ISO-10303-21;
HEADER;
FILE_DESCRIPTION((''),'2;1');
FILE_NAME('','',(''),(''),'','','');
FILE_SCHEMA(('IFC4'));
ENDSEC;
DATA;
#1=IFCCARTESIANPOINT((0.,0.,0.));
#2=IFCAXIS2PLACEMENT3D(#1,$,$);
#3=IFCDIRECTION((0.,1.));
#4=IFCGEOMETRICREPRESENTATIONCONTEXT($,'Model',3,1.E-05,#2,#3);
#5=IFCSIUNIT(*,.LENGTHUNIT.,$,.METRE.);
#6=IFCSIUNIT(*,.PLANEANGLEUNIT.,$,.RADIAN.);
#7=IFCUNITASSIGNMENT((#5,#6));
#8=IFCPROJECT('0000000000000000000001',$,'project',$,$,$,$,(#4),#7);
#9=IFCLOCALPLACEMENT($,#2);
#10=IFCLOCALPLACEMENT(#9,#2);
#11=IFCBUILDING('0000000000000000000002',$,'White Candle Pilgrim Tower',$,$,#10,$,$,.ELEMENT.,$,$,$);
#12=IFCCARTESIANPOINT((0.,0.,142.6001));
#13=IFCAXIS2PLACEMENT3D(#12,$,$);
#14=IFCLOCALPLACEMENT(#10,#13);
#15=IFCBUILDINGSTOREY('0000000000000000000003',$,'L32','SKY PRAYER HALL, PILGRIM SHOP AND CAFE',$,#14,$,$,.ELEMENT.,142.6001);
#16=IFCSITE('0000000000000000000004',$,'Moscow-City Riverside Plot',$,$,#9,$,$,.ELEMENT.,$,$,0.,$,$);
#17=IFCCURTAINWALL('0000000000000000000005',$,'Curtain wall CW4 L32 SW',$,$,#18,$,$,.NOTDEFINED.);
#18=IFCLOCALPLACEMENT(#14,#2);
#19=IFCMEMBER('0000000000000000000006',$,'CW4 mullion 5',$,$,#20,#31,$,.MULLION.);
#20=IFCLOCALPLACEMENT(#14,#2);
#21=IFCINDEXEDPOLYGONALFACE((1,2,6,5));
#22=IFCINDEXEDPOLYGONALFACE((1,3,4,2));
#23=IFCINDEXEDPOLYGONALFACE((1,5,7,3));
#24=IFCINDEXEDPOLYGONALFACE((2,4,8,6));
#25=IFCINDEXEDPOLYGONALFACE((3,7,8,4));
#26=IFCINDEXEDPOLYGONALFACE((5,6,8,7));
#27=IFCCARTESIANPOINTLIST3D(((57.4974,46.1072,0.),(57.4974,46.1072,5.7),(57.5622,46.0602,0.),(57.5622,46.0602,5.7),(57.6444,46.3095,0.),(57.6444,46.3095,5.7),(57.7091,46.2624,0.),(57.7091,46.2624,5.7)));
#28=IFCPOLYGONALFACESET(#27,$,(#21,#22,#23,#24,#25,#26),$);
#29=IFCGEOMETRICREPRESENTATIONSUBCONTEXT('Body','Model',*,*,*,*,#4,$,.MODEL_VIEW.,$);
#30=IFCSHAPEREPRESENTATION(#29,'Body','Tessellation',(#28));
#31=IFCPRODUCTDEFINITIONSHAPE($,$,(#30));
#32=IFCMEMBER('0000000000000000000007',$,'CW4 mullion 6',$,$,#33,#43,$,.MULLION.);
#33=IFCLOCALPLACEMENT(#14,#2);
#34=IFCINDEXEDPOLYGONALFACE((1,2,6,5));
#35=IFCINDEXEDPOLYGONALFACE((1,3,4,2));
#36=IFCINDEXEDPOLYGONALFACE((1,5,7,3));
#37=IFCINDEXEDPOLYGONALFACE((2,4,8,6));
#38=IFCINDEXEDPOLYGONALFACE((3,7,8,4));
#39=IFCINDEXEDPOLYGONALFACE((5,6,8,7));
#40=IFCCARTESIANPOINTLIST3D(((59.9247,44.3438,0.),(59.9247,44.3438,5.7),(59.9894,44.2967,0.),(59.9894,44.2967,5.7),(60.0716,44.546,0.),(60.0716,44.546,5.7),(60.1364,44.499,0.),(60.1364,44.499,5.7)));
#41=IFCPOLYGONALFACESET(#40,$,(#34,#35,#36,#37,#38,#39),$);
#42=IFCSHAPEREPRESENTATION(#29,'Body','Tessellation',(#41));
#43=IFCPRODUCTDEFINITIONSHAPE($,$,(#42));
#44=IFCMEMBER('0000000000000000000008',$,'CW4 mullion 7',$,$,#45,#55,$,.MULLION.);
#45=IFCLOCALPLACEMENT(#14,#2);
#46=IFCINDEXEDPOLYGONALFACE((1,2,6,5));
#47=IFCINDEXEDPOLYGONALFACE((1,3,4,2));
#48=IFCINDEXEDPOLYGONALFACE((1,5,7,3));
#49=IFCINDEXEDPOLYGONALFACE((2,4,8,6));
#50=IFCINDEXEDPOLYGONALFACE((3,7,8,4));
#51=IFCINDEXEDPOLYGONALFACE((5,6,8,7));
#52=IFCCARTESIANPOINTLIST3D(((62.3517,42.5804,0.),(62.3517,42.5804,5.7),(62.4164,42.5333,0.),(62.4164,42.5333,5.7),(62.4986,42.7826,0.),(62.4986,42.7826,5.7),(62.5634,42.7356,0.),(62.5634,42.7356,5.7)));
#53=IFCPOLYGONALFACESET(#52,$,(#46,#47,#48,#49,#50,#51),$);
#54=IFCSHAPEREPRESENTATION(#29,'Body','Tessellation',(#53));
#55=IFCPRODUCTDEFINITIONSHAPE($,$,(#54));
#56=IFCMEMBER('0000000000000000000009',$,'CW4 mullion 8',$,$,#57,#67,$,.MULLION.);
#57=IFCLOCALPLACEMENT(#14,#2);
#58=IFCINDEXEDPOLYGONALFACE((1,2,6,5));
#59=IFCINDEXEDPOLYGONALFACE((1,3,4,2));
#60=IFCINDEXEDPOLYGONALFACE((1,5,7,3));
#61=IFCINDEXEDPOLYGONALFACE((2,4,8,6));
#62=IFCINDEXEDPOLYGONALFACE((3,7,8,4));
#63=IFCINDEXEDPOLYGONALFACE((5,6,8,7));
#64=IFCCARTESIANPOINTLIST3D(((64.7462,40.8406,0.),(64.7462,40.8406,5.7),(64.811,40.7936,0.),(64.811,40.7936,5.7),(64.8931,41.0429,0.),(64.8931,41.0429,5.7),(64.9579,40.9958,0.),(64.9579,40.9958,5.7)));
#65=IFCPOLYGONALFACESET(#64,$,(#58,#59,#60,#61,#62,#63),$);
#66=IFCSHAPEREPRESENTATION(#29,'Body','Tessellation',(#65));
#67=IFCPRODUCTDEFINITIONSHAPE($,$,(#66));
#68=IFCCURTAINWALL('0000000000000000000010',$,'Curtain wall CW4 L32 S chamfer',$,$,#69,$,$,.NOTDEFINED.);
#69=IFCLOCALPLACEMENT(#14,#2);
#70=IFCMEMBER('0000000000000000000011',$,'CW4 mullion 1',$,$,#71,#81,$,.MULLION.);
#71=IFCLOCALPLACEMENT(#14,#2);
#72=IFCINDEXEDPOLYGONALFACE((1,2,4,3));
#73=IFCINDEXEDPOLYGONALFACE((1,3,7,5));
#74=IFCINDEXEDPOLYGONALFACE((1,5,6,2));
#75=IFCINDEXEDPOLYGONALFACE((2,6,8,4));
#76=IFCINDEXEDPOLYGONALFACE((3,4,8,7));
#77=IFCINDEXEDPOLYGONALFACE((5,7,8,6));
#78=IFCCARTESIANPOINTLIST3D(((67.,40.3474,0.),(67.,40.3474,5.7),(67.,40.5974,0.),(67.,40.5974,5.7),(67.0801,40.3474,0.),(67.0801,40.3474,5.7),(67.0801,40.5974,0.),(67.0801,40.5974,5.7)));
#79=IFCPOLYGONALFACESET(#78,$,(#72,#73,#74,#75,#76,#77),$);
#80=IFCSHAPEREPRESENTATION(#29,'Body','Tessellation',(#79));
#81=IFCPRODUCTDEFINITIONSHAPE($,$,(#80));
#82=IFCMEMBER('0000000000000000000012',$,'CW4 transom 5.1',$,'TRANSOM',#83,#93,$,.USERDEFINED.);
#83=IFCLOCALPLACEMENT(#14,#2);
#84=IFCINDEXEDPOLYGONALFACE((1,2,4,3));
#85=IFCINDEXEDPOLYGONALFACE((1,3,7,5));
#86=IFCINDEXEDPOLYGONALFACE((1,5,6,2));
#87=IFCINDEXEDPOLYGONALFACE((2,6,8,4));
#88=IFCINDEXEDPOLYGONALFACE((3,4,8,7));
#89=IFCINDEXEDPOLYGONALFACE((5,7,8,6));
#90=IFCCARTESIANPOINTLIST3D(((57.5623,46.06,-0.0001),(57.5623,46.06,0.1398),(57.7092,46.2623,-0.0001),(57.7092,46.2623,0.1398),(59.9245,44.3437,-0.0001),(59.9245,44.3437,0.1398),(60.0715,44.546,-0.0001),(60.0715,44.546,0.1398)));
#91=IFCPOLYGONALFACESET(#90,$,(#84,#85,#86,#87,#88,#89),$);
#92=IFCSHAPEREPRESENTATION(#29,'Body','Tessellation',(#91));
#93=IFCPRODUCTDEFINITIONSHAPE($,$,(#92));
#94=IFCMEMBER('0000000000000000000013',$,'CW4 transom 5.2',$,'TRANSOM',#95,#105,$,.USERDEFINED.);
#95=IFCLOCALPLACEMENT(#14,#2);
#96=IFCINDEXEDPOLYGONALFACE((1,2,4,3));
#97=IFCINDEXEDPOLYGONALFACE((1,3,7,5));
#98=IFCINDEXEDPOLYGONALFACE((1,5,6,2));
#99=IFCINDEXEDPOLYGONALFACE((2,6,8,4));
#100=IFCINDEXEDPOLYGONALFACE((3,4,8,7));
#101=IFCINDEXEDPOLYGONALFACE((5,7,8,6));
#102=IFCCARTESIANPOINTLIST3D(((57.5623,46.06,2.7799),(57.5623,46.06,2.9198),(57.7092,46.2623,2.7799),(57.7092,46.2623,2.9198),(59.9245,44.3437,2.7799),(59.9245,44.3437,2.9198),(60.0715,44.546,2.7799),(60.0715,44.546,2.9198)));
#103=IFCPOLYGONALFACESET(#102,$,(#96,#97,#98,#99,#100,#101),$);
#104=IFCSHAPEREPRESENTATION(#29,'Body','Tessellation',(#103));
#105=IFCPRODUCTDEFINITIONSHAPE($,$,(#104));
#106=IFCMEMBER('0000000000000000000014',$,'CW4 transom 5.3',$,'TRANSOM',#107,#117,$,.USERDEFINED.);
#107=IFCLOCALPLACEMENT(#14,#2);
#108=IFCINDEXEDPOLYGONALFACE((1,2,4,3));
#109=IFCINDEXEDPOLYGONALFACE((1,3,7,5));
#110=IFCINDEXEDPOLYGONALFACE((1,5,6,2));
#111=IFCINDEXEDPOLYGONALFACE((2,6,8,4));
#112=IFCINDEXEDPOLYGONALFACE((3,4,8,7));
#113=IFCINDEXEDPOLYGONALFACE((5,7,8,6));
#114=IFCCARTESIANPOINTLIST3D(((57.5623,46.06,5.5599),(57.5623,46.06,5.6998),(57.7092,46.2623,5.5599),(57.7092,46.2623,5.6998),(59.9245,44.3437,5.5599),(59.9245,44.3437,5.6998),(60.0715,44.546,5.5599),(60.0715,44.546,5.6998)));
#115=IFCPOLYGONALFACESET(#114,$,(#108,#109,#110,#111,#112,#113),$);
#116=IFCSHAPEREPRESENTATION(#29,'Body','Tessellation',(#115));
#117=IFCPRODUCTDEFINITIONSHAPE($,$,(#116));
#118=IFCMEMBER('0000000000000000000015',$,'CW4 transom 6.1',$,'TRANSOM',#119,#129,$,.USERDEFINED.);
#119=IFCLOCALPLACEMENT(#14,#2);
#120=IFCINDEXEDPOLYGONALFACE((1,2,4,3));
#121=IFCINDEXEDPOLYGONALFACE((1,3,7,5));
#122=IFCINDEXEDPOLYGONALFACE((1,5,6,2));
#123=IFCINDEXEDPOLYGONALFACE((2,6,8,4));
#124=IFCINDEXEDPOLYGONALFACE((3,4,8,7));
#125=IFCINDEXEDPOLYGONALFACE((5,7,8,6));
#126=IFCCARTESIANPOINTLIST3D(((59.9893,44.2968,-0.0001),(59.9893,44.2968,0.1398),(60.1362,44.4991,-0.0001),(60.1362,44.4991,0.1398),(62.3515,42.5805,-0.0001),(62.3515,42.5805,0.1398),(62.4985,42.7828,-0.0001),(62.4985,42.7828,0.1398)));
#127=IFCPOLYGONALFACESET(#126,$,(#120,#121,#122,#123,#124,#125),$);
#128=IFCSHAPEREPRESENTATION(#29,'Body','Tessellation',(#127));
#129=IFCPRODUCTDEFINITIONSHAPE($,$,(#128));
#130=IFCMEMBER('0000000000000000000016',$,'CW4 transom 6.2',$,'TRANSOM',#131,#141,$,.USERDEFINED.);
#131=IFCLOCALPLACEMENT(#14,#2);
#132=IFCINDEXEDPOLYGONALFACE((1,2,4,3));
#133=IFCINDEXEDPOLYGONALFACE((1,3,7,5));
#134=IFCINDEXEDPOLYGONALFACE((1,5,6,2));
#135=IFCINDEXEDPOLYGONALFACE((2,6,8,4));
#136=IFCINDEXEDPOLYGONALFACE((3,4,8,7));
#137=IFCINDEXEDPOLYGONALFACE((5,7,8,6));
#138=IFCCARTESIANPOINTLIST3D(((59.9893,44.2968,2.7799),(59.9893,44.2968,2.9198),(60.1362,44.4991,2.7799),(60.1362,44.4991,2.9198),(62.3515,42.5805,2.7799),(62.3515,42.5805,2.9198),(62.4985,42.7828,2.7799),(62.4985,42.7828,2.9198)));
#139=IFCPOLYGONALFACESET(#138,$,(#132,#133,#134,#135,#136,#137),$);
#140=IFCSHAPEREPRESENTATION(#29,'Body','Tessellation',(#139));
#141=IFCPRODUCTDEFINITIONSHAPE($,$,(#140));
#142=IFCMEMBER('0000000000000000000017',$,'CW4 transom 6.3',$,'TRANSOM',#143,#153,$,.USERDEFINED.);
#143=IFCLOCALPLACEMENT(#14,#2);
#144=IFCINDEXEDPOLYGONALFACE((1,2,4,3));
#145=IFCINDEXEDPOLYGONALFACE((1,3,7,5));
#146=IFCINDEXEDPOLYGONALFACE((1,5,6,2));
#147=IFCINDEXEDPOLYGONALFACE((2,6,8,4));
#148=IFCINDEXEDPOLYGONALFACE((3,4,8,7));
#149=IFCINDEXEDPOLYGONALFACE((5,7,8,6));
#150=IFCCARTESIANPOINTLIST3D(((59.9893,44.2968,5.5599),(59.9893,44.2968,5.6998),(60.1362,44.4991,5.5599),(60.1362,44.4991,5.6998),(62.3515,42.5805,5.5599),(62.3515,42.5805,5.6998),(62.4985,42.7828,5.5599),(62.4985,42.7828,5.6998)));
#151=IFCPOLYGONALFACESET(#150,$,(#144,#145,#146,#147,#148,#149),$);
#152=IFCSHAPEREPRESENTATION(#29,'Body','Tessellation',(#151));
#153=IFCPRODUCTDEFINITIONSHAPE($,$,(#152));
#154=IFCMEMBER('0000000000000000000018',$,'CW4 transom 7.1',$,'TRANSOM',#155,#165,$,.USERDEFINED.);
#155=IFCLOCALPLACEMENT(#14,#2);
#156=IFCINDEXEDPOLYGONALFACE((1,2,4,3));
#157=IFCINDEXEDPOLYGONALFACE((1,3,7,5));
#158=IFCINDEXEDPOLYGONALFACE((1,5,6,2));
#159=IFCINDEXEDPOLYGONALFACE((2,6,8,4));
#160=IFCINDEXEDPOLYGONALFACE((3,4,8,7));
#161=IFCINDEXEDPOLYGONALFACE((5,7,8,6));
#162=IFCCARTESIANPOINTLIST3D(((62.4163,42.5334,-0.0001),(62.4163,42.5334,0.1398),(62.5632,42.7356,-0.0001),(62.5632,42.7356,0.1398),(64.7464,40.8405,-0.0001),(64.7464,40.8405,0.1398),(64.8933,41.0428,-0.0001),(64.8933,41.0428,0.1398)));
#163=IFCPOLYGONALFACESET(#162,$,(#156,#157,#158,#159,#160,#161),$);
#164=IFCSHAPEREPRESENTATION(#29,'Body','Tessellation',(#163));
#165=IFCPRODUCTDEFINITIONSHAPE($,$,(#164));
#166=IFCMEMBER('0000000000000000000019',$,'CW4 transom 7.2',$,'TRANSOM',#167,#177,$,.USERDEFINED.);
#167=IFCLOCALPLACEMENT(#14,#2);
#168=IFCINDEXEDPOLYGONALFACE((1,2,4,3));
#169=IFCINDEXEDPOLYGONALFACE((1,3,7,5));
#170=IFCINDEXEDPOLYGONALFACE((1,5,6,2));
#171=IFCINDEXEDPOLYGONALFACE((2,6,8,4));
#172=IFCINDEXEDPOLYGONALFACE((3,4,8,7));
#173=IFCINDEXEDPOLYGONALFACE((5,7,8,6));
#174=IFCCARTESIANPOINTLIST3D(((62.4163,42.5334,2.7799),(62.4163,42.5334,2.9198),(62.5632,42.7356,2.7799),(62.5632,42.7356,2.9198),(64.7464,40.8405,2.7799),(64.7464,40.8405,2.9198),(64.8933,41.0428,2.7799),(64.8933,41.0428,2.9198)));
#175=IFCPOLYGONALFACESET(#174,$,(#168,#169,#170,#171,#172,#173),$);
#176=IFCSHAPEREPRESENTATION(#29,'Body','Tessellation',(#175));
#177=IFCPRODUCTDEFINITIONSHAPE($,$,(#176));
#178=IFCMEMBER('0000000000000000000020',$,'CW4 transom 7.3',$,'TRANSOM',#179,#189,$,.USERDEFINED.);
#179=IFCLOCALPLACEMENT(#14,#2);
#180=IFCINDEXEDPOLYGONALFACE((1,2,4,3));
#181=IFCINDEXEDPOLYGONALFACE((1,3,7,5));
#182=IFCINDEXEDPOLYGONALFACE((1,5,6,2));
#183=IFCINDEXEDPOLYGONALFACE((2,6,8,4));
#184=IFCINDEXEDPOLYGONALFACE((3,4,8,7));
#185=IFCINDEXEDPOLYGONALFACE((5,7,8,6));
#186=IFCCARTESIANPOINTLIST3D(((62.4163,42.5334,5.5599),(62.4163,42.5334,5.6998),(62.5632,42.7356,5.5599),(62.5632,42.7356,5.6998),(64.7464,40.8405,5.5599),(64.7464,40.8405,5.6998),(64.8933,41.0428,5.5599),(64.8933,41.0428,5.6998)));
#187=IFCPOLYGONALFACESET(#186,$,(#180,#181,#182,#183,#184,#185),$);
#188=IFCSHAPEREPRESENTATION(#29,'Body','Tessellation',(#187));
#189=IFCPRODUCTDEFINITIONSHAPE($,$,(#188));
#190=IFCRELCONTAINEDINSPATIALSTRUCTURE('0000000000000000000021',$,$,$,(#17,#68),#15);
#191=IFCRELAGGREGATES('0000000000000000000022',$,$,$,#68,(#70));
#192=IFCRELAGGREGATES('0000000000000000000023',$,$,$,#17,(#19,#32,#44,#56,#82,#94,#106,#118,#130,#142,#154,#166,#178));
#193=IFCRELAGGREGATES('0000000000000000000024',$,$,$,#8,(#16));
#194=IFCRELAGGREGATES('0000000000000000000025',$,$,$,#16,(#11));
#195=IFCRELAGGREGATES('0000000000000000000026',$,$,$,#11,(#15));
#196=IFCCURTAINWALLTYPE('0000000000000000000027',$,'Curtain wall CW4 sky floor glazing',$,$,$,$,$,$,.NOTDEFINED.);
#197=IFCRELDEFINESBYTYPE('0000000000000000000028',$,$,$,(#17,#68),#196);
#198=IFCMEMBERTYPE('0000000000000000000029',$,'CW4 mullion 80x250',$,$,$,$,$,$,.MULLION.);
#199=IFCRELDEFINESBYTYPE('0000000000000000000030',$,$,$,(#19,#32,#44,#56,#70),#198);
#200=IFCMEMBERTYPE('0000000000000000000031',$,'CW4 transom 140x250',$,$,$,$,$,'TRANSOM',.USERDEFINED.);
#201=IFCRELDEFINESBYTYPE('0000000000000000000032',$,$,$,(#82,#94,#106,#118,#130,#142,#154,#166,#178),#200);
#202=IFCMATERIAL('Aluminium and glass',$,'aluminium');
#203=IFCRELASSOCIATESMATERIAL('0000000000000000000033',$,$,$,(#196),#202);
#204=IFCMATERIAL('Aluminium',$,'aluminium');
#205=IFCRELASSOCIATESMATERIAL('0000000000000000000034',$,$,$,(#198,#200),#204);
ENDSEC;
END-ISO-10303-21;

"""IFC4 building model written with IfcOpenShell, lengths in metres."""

from ifc_helpers import new_model, si_unit, direction, frame, origin, origin_2d, place, context, subcontext, project, spatial, rectangle, extrude, material, material_profile, profile_set, type_object, element, aggregate, save


model = new_model("IFC4")

# Units and contexts
model_context = context("Model", 3, precision=1e-05, world=origin(), true_north=direction((0.0, 1.0)))
body_context = subcontext(model_context, "Body", "Model", "MODEL_VIEW")
ifc_project = project(units=[si_unit("LENGTHUNIT", "METRE"), si_unit("PLANEANGLEUNIT", "RADIAN")], contexts=[model_context])

# Site, building, storey
site_placement = place(None, origin())
site = spatial("IfcSite", under=ifc_project, at=site_placement, Name="Moscow-City Riverside Plot", CompositionType="ELEMENT", RefElevation=0.0)
building_placement = place(site_placement, origin())
building = spatial("IfcBuilding", under=site, at=building_placement, Name="White Candle Pilgrim Tower", CompositionType="ELEMENT")
storey_placement = place(building_placement, frame((0.0, 0.0, 142.6001)))
storey = spatial("IfcBuildingStorey", under=building, at=storey_placement, Name="L32", Description="SKY PRAYER HALL, PILGRIM SHOP AND CAFE", CompositionType="ELEMENT", Elevation=142.6001)

# Curtain wall, members
ifc_material_1 = material(Name="Aluminium and glass", Category="aluminium")
curtain_wall_type = type_object("IfcCurtainWallType", Name="Curtain wall CW4 sky floor glazing", PredefinedType="NOTDEFINED", material=ifc_material_1)
curtain_wall_1_placement = place(storey_placement, origin())
curtain_wall_1 = element("IfcCurtainWall", 1, at=curtain_wall_1_placement, inside=storey, type_object=curtain_wall_type, Name="Curtain wall CW4 L32 SW", PredefinedType="NOTDEFINED")
ifc_material_2 = material(Name="Aluminium", Category="aluminium")
ifc_material_profile_1 = material_profile(ifc_material_2, rectangle(XDim=0.25, YDim=0.0801, at=origin_2d()), Name="CW4 mullion 80x250")
ifc_profile_set_1 = profile_set([ifc_material_profile_1], Name="Aluminium")
member_type_1 = type_object("IfcMemberType", Name="CW4 mullion 80x250", PredefinedType="MULLION", material=ifc_profile_set_1)
member_1_placement = place(storey_placement, frame((57.6033, 46.1848, 0.0), z_axis=(0.0, 0.0, 1.0), x_axis=(0.587785, 0.809017, 0.0)))
member_1 = element("IfcMember", 2, at=member_1_placement, type_object=member_type_1, Name="CW4 mullion 5", PredefinedType="MULLION", context=body_context, shape_type="SweptSolid", body=[
    extrude(rectangle(XDim=0.25, YDim=0.0801, at=origin_2d()), origin(), (0.0, 0.0, 1.0), 5.7),
])
member_2_placement = place(storey_placement, frame((60.0305, 44.4214, 0.0), z_axis=(0.0, 0.0, 1.0), x_axis=(0.587785, 0.809017, 0.0)))
member_2 = element("IfcMember", 3, at=member_2_placement, type_object=member_type_1, Name="CW4 mullion 6", PredefinedType="MULLION", context=body_context, shape_type="SweptSolid", body=[
    extrude(rectangle(XDim=0.25, YDim=0.0801, at=origin_2d()), origin(), (0.0, 0.0, 1.0), 5.7),
])
member_3_placement = place(storey_placement, frame((62.4575, 42.658, 0.0), z_axis=(0.0, 0.0, 1.0), x_axis=(0.587785, 0.809017, 0.0)))
member_3 = element("IfcMember", 4, at=member_3_placement, type_object=member_type_1, Name="CW4 mullion 7", PredefinedType="MULLION", context=body_context, shape_type="SweptSolid", body=[
    extrude(rectangle(XDim=0.25, YDim=0.0801, at=origin_2d()), origin(), (0.0, 0.0, 1.0), 5.7),
])
member_4_placement = place(storey_placement, frame((64.8521, 40.9182, 0.0), z_axis=(0.0, 0.0, 1.0), x_axis=(0.587785, 0.809017, 0.0)))
member_4 = element("IfcMember", 5, at=member_4_placement, type_object=member_type_1, Name="CW4 mullion 8", PredefinedType="MULLION", context=body_context, shape_type="SweptSolid", body=[
    extrude(rectangle(XDim=0.25, YDim=0.0801, at=origin_2d()), origin(), (0.0, 0.0, 1.0), 5.7),
])

# Curtain wall, member
curtain_wall_2_placement = place(storey_placement, origin())
curtain_wall_2 = element("IfcCurtainWall", 6, at=curtain_wall_2_placement, inside=storey, type_object=curtain_wall_type, Name="Curtain wall CW4 L32 S chamfer", PredefinedType="NOTDEFINED")
member_5_placement = place(storey_placement, frame((67.04, 40.4724, 0.0), z_axis=(0.0, 0.0, 1.0), x_axis=(0.0, 1.0, 0.0)))
member_5 = element("IfcMember", 7, at=member_5_placement, type_object=member_type_1, Name="CW4 mullion 1", PredefinedType="MULLION", context=body_context, shape_type="SweptSolid", body=[
    extrude(rectangle(XDim=0.25, YDim=0.0801, at=origin_2d()), origin(), (0.0, 0.0, 1.0), 5.7),
])

# Members
ifc_material_profile_2 = material_profile(ifc_material_2, rectangle(XDim=0.25, YDim=0.1399, at=origin_2d()), Name="CW4 transom 140x250")
ifc_profile_set_2 = profile_set([ifc_material_profile_2], Name="Aluminium")
member_type_2 = type_object("IfcMemberType", Name="CW4 transom 140x250", ElementType="TRANSOM", PredefinedType="USERDEFINED", material=ifc_profile_set_2)
member_6_placement = place(storey_placement, frame((57.6357, 46.1611, 0.0698), z_axis=(0.809018, -0.587784, 0.0), x_axis=(0.587784, 0.809018, 0.0)))
member_6 = element("IfcMember", 8, at=member_6_placement, type_object=member_type_2, Name="CW4 transom 5.1", ObjectType="TRANSOM", PredefinedType="USERDEFINED", context=body_context, shape_type="SweptSolid", body=[
    extrude(rectangle(XDim=0.25, YDim=0.1399, at=origin_2d()), origin(), (0.0, 0.0, 1.0), 2.9199),
])
member_7_placement = place(storey_placement, frame((57.6357, 46.1611, 2.8499), z_axis=(0.809018, -0.587784, 0.0), x_axis=(0.587784, 0.809018, 0.0)))
member_7 = element("IfcMember", 9, at=member_7_placement, type_object=member_type_2, Name="CW4 transom 5.2", ObjectType="TRANSOM", PredefinedType="USERDEFINED", context=body_context, shape_type="SweptSolid", body=[
    extrude(rectangle(XDim=0.25, YDim=0.1399, at=origin_2d()), origin(), (0.0, 0.0, 1.0), 2.9199),
])
member_8_placement = place(storey_placement, frame((57.6357, 46.1611, 5.6299), z_axis=(0.809018, -0.587784, 0.0), x_axis=(0.587784, 0.809018, 0.0)))
member_8 = element("IfcMember", 10, at=member_8_placement, type_object=member_type_2, Name="CW4 transom 5.3", ObjectType="TRANSOM", PredefinedType="USERDEFINED", context=body_context, shape_type="SweptSolid", body=[
    extrude(rectangle(XDim=0.25, YDim=0.1399, at=origin_2d()), origin(), (0.0, 0.0, 1.0), 2.9199),
])
member_9_placement = place(storey_placement, frame((60.0627, 44.3979, 0.0698), z_axis=(0.809018, -0.587784, 0.0), x_axis=(0.587784, 0.809018, 0.0)))
member_9 = element("IfcMember", 11, at=member_9_placement, type_object=member_type_2, Name="CW4 transom 6.1", ObjectType="TRANSOM", PredefinedType="USERDEFINED", context=body_context, shape_type="SweptSolid", body=[
    extrude(rectangle(XDim=0.25, YDim=0.1399, at=origin_2d()), origin(), (0.0, 0.0, 1.0), 2.9199),
])
member_10_placement = place(storey_placement, frame((60.0627, 44.3979, 2.8499), z_axis=(0.809018, -0.587784, 0.0), x_axis=(0.587784, 0.809018, 0.0)))
member_10 = element("IfcMember", 12, at=member_10_placement, type_object=member_type_2, Name="CW4 transom 6.2", ObjectType="TRANSOM", PredefinedType="USERDEFINED", context=body_context, shape_type="SweptSolid", body=[
    extrude(rectangle(XDim=0.25, YDim=0.1399, at=origin_2d()), origin(), (0.0, 0.0, 1.0), 2.9199),
])
member_11_placement = place(storey_placement, frame((60.0627, 44.3979, 5.6299), z_axis=(0.809018, -0.587784, 0.0), x_axis=(0.587784, 0.809018, 0.0)))
member_11 = element("IfcMember", 13, at=member_11_placement, type_object=member_type_2, Name="CW4 transom 6.3", ObjectType="TRANSOM", PredefinedType="USERDEFINED", context=body_context, shape_type="SweptSolid", body=[
    extrude(rectangle(XDim=0.25, YDim=0.1399, at=origin_2d()), origin(), (0.0, 0.0, 1.0), 2.9199),
])
member_12_placement = place(storey_placement, frame((62.4897, 42.6345, 0.0698), z_axis=(0.809022, -0.587778, 0.0), x_axis=(0.587778, 0.809022, 0.0)))
member_12 = element("IfcMember", 14, at=member_12_placement, type_object=member_type_2, Name="CW4 transom 7.1", ObjectType="TRANSOM", PredefinedType="USERDEFINED", context=body_context, shape_type="SweptSolid", body=[
    extrude(rectangle(XDim=0.25, YDim=0.1399, at=origin_2d()), origin(), (0.0, 0.0, 1.0), 2.8801),
])
member_13_placement = place(storey_placement, frame((62.4897, 42.6345, 2.8499), z_axis=(0.809022, -0.587778, 0.0), x_axis=(0.587778, 0.809022, 0.0)))
member_13 = element("IfcMember", 15, at=member_13_placement, type_object=member_type_2, Name="CW4 transom 7.2", ObjectType="TRANSOM", PredefinedType="USERDEFINED", context=body_context, shape_type="SweptSolid", body=[
    extrude(rectangle(XDim=0.25, YDim=0.1399, at=origin_2d()), origin(), (0.0, 0.0, 1.0), 2.8801),
])
member_14_placement = place(storey_placement, frame((62.4897, 42.6345, 5.6299), z_axis=(0.809022, -0.587778, 0.0), x_axis=(0.587778, 0.809022, 0.0)))
member_14 = element("IfcMember", 16, at=member_14_placement, type_object=member_type_2, Name="CW4 transom 7.3", ObjectType="TRANSOM", PredefinedType="USERDEFINED", context=body_context, shape_type="SweptSolid", body=[
    extrude(rectangle(XDim=0.25, YDim=0.1399, at=origin_2d()), origin(), (0.0, 0.0, 1.0), 2.8801),
])
aggregate(curtain_wall_2, [member_5])

aggregate(curtain_wall_1, [member_1, member_2, member_3, member_4, member_6, member_7, member_8, member_9, member_10, member_11, member_12, member_13, member_14])

save(model, "model.ifc")
